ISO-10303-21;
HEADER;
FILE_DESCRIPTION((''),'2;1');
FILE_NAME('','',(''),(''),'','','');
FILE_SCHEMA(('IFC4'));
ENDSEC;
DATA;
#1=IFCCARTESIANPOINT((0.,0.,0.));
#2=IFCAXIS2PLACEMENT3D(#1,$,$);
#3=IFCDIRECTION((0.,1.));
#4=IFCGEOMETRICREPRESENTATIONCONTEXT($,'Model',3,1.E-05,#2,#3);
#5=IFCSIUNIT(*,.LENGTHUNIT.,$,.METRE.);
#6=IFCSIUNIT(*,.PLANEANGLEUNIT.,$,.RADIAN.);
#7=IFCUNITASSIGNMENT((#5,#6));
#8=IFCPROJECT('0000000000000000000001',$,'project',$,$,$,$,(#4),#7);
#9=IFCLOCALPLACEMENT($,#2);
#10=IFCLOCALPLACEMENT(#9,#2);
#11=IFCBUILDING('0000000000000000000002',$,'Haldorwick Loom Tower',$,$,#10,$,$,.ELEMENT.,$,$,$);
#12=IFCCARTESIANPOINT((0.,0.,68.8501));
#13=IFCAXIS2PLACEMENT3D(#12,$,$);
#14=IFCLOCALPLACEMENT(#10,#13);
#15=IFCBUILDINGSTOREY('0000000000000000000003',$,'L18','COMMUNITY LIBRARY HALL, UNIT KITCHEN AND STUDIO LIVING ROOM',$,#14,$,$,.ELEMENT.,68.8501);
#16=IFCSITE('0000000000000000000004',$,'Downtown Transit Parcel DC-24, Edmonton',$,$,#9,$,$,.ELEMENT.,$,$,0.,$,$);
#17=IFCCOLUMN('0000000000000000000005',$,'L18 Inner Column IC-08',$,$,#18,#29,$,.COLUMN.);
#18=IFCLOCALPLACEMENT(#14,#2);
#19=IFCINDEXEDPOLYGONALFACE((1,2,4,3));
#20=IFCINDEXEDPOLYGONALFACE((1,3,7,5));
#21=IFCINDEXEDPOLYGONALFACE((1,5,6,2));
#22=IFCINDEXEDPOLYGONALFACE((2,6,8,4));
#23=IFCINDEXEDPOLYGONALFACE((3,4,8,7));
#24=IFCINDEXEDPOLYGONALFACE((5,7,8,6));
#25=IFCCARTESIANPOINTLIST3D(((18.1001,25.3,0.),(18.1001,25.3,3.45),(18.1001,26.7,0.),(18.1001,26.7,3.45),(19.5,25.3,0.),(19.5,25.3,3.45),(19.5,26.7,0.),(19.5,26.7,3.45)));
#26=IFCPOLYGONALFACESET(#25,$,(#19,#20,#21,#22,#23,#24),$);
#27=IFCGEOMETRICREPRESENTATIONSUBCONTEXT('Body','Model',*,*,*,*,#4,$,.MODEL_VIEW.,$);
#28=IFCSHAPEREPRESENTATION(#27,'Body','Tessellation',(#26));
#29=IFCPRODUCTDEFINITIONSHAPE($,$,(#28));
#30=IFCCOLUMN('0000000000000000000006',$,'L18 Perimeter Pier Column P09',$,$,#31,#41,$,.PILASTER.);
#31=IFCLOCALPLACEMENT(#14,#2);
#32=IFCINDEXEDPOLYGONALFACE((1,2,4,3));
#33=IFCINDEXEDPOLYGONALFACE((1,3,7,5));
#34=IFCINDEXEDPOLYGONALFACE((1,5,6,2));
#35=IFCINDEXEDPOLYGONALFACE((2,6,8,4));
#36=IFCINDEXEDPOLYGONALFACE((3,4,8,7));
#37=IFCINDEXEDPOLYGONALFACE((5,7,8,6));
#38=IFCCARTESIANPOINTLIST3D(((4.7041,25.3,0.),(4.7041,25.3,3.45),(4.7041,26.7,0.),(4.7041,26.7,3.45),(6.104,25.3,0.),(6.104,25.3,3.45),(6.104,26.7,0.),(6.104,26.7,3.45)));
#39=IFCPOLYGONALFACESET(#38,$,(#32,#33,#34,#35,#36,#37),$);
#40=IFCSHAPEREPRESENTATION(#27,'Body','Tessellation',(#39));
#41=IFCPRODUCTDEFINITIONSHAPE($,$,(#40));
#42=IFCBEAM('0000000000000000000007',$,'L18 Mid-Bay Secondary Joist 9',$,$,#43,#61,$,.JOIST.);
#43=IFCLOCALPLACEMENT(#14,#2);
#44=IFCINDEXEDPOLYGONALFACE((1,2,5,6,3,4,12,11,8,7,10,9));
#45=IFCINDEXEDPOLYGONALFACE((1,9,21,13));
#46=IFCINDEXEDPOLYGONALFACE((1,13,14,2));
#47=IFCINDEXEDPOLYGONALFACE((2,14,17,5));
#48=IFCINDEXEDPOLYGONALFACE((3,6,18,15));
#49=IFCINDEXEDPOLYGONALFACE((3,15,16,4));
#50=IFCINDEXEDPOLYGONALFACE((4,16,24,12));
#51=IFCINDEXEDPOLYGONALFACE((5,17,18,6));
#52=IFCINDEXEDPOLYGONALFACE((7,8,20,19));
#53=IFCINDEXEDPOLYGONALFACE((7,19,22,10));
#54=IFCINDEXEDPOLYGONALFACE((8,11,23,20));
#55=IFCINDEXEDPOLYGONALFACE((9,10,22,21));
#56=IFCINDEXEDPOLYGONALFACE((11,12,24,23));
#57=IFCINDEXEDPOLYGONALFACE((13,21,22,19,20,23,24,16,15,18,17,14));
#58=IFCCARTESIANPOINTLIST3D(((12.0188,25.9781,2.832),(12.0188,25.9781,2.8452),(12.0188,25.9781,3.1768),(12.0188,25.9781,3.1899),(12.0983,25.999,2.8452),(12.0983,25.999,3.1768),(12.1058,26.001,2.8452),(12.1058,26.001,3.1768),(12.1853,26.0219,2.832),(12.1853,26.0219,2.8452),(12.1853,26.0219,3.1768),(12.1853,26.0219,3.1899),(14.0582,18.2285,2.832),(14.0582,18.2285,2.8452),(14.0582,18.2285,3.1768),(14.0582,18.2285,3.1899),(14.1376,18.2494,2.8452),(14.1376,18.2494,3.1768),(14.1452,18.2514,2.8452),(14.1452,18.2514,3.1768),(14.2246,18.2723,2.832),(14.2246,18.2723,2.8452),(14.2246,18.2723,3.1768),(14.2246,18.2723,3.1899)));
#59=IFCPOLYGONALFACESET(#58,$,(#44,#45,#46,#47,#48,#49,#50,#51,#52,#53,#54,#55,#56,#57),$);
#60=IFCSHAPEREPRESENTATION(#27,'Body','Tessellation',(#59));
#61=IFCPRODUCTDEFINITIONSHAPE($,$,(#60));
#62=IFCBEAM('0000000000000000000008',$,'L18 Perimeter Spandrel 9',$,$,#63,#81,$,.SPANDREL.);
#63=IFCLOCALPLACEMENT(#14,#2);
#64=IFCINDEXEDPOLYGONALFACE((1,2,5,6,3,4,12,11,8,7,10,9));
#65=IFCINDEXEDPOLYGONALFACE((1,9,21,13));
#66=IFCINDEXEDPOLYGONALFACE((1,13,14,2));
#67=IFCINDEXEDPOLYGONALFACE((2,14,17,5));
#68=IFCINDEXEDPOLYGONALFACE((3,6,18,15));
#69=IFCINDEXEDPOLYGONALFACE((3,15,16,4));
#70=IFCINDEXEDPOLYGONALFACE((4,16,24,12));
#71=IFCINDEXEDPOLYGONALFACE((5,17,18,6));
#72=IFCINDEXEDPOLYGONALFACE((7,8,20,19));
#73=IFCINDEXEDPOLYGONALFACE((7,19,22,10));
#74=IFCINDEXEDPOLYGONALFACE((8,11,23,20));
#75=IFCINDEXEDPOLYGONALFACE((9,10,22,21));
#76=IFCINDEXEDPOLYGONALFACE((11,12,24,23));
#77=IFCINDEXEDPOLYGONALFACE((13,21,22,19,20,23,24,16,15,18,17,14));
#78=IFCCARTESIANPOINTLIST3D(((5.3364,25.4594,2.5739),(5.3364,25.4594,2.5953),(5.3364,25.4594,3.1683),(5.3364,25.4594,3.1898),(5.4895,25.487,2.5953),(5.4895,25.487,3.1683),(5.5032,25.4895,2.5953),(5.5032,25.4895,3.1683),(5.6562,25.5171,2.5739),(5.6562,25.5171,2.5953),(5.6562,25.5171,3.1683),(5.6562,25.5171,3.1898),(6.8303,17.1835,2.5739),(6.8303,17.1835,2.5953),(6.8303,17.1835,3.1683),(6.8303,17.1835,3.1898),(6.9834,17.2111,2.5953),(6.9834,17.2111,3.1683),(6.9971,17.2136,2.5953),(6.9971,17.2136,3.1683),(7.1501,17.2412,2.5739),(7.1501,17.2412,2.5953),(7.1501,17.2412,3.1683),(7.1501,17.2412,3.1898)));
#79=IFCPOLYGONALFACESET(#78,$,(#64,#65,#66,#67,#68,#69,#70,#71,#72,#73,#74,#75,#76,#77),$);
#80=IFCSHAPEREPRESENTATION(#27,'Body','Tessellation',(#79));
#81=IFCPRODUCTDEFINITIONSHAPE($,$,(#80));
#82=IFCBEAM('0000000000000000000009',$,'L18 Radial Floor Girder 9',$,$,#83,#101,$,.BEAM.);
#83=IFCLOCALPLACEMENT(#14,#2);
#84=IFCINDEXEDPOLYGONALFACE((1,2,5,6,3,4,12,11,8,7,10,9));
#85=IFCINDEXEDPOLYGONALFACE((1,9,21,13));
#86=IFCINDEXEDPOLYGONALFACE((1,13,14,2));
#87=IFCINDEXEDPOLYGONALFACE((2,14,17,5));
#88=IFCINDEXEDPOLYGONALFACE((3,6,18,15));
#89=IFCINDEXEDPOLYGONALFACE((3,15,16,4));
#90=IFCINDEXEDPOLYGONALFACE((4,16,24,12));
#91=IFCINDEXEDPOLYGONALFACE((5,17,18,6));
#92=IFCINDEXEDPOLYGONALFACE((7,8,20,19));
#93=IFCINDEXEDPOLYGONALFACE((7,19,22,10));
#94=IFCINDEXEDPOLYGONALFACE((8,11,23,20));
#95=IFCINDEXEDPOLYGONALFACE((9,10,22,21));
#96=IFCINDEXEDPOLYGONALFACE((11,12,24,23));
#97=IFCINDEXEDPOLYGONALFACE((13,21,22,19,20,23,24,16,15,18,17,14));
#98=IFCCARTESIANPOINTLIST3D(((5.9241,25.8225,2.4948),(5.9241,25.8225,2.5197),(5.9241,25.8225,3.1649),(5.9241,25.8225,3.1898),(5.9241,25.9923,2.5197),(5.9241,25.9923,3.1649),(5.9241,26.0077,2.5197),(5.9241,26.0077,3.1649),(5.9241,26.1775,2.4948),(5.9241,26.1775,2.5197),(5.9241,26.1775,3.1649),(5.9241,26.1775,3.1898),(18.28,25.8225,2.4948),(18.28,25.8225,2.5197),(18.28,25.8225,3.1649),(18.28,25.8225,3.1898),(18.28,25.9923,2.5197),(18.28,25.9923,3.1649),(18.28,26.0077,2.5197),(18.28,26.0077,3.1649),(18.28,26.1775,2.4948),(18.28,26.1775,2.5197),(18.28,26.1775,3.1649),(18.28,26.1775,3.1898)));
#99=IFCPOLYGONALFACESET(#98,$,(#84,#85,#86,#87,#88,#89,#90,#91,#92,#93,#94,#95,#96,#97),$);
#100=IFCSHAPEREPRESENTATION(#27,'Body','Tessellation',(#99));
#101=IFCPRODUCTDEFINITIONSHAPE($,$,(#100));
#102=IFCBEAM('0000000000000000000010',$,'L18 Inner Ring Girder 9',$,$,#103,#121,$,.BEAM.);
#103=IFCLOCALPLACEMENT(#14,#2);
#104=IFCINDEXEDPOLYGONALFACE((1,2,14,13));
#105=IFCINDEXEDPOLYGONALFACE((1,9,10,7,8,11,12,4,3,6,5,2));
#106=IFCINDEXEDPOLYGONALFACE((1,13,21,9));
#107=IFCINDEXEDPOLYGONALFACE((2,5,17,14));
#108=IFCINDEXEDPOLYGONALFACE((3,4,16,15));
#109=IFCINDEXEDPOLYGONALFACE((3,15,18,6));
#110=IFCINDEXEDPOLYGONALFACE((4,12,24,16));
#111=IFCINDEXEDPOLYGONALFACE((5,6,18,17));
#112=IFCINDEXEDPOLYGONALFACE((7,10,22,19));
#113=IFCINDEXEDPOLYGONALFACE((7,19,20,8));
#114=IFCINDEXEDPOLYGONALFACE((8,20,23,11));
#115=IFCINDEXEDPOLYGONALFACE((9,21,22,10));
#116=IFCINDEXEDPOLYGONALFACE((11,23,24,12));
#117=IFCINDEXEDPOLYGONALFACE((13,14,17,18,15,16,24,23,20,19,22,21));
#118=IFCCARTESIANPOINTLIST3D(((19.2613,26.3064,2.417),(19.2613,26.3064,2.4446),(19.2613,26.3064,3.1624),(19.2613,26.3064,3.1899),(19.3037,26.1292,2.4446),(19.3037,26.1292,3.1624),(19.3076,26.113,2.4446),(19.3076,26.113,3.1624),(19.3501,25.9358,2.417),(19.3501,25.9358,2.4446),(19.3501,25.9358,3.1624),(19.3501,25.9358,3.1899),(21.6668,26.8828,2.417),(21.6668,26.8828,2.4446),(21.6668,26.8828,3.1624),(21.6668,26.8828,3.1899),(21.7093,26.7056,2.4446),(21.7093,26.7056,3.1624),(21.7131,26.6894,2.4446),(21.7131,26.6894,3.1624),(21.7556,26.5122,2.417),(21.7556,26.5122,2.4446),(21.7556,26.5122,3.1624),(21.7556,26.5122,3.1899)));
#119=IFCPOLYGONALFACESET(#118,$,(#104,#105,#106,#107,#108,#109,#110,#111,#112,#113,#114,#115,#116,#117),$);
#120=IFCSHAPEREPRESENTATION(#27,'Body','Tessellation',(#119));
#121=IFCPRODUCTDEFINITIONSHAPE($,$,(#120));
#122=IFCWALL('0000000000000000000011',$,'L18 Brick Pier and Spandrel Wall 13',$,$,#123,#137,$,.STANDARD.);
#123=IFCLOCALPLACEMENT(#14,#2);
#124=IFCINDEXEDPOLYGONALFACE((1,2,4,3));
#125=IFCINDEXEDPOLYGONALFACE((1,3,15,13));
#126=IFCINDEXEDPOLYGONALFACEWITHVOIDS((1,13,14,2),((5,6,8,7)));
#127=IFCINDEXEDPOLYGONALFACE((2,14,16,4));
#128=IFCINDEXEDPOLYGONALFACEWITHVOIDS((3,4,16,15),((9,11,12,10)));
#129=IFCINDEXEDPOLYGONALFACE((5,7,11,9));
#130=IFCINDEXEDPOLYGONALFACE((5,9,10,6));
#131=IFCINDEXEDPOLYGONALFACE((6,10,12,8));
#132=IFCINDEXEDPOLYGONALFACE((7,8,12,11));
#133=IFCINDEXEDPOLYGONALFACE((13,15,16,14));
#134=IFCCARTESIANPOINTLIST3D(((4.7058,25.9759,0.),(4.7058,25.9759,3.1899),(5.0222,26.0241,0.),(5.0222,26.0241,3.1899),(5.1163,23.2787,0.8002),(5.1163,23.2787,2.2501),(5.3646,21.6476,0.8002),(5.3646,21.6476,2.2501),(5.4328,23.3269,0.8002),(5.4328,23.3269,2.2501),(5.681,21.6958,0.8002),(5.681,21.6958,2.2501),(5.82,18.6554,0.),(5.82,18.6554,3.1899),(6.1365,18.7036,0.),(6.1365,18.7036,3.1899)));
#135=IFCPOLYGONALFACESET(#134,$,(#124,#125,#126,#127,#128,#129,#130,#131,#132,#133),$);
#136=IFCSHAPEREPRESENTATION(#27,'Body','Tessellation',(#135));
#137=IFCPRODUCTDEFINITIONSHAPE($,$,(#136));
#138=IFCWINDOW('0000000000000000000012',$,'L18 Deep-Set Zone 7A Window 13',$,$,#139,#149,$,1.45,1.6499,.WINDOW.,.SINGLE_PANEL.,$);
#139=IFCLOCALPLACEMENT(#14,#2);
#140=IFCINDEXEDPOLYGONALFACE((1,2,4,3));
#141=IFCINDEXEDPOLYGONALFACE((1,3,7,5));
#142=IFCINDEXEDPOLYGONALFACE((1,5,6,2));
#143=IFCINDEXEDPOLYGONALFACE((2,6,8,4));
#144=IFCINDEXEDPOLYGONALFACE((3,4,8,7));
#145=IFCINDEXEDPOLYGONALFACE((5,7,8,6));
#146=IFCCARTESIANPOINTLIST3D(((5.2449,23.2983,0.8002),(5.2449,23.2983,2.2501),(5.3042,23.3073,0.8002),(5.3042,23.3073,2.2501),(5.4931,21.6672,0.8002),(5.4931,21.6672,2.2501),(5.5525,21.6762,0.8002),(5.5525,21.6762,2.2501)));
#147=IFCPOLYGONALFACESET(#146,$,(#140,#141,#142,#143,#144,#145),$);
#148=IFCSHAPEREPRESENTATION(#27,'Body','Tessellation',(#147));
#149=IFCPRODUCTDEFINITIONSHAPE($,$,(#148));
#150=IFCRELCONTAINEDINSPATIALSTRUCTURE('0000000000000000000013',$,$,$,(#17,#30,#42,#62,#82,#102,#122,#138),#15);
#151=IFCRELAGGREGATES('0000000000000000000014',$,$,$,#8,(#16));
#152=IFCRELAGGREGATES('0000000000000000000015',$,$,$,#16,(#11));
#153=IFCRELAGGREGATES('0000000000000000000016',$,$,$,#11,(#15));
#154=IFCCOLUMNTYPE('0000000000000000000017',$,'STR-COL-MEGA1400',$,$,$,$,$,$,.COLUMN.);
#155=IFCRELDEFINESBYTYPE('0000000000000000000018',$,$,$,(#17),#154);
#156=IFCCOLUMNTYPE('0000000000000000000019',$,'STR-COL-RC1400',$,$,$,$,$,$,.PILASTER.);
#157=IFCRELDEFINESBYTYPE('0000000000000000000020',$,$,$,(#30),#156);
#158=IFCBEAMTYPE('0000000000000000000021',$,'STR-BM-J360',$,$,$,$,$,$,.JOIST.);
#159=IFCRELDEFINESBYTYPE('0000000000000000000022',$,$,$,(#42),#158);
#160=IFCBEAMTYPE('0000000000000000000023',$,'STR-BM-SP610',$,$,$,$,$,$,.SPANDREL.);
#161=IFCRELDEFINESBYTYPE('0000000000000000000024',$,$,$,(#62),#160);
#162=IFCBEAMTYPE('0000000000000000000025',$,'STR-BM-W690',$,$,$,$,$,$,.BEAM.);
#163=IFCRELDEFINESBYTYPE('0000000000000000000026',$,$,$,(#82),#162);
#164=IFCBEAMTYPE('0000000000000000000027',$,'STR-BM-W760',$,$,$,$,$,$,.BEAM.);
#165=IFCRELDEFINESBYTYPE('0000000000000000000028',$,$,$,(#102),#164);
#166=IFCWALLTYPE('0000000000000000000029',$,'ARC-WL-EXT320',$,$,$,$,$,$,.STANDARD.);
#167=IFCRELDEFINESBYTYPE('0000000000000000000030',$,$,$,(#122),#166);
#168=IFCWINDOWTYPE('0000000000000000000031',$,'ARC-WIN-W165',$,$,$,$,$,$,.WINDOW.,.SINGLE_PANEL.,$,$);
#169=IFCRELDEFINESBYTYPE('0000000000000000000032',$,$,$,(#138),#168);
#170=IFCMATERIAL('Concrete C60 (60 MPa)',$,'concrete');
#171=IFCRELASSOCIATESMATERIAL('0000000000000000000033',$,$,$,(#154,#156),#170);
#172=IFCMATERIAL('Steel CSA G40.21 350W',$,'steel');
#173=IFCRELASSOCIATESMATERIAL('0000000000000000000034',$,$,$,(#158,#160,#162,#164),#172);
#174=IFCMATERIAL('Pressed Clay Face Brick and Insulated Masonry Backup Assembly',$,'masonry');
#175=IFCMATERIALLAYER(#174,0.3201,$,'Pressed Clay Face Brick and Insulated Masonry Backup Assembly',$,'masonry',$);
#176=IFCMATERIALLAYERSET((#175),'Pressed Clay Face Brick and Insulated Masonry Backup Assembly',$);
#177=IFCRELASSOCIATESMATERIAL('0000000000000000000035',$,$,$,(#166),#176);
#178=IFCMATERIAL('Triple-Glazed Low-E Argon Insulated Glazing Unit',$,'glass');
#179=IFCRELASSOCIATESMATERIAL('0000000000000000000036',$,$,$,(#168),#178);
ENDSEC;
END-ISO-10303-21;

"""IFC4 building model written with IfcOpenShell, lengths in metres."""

from ifc_helpers import new_model, si_unit, direction, frame, frame_2d, origin, origin_2d, place, context, subcontext, project, spatial, rectangle, i_section, extrude, material, layer, layer_set, material_profile, profile_set, type_object, element, fill, save


model = new_model("IFC4")

# Units and contexts
model_context = context("Model", 3, precision=1e-05, world=origin(), true_north=direction((0.0, 1.0)))
body_context = subcontext(model_context, "Body", "Model", "MODEL_VIEW")
ifc_project = project(units=[si_unit("LENGTHUNIT", "METRE"), si_unit("PLANEANGLEUNIT", "RADIAN")], contexts=[model_context])

# Site, building, storey
site_placement = place(None, origin())
site = spatial("IfcSite", under=ifc_project, at=site_placement, Name="Downtown Transit Parcel DC-24, Edmonton", CompositionType="ELEMENT", RefElevation=0.0)
building_placement = place(site_placement, origin())
building = spatial("IfcBuilding", under=site, at=building_placement, Name="Haldorwick Loom Tower", CompositionType="ELEMENT")
storey_placement = place(building_placement, frame((0.0, 0.0, 68.8501)))
storey = spatial("IfcBuildingStorey", under=building, at=storey_placement, Name="L18", Description="COMMUNITY LIBRARY HALL, UNIT KITCHEN AND STUDIO LIVING ROOM", CompositionType="ELEMENT", Elevation=68.8501)

# Columns
ifc_material_1 = material(Name="Concrete C60 (60 MPa)", Category="concrete")
ifc_material_profile_1 = material_profile(ifc_material_1, rectangle(XDim=1.3999, YDim=1.3999, at=origin_2d()), Name="RC1400X1400", Category="concrete")
ifc_profile_set_1 = profile_set([ifc_material_profile_1], Name="Concrete C60 (60 MPa)")
column_type_1 = type_object("IfcColumnType", Name="STR-COL-MEGA1400", PredefinedType="COLUMN", material=ifc_profile_set_1)
column_1_placement = place(storey_placement, frame((18.8, 26.0, 0.0), z_axis=(0.0, 0.0, 1.0), x_axis=(1.0, 0.0, 0.0)))
element("IfcColumn", 1, at=column_1_placement, inside=storey, type_object=column_type_1, Name="L18 Inner Column IC-08", PredefinedType="COLUMN", context=body_context, shape_type="SweptSolid", body=[
    extrude(rectangle(XDim=1.3999, YDim=1.3999, at=origin_2d()), origin(), (0.0, 0.0, 1.0), 3.45),
])
ifc_material_profile_2 = material_profile(ifc_material_1, rectangle(XDim=1.3999, YDim=1.3999, at=origin_2d()), Name="RC1400X1400", Category="concrete")
ifc_profile_set_2 = profile_set([ifc_material_profile_2], Name="Concrete C60 (60 MPa)")
column_type_2 = type_object("IfcColumnType", Name="STR-COL-RC1400", PredefinedType="PILASTER", material=ifc_profile_set_2)
column_2_placement = place(storey_placement, frame((5.4041, 26.0, 0.0), z_axis=(0.0, 0.0, 1.0), x_axis=(-1.0, 0.0, 0.0)))
element("IfcColumn", 2, at=column_2_placement, inside=storey, type_object=column_type_2, Name="L18 Perimeter Pier Column P09", PredefinedType="PILASTER", context=body_context, shape_type="SweptSolid", body=[
    extrude(rectangle(XDim=1.3999, YDim=1.3999, at=origin_2d()), origin(), (0.0, 0.0, 1.0), 3.45),
])

# Beams
ifc_material_2 = material(Name="Steel CSA G40.21 350W", Category="steel")
ifc_material_profile_3 = material_profile(ifc_material_2, i_section(OverallWidth=0.1721, OverallDepth=0.3579, WebThickness=0.0078, FlangeThickness=0.0132, at=origin_2d()), Name="W360X57", Category="steel")
ifc_profile_set_3 = profile_set([ifc_material_profile_3], Name="Steel CSA G40.21 350W")
beam_type_1 = type_object("IfcBeamType", Name="STR-BM-J360", PredefinedType="JOIST", material=ifc_profile_set_3)
beam_1_placement = place(storey_placement, frame((12.1021, 26.0, 3.011), z_axis=(0.254489, -0.967076, 0.0), x_axis=(0.967076, 0.254489, 0.0)))
element("IfcBeam", 3, at=beam_1_placement, inside=storey, type_object=beam_type_1, Name="L18 Mid-Bay Secondary Joist 9", PredefinedType="JOIST", context=body_context, shape_type="SweptSolid", body=[
    extrude(i_section(OverallWidth=0.1721, OverallDepth=0.3579, WebThickness=0.0078, FlangeThickness=0.0132, at=origin_2d()), origin(), (0.0, 0.0, 1.0), 8.0134),
])
ifc_material_profile_4 = material_profile(ifc_material_2, i_section(OverallWidth=0.325, OverallDepth=0.616, WebThickness=0.0139, FlangeThickness=0.0215, at=origin_2d()), Name="W610X174", Category="steel")
ifc_profile_set_4 = profile_set([ifc_material_profile_4], Name="Steel CSA G40.21 350W")
beam_type_2 = type_object("IfcBeamType", Name="STR-BM-SP610", PredefinedType="SPANDREL", material=ifc_profile_set_4)
beam_2_placement = place(storey_placement, frame((5.4963, 25.4883, 2.8818), z_axis=(0.177641, -0.984095, 0.0), x_axis=(0.984095, 0.177641, 0.0)))
element("IfcBeam", 4, at=beam_2_placement, inside=storey, type_object=beam_type_2, Name="L18 Perimeter Spandrel 9", PredefinedType="SPANDREL", context=body_context, shape_type="SweptSolid", body=[
    extrude(i_section(OverallWidth=0.325, OverallDepth=0.616, WebThickness=0.0139, FlangeThickness=0.0215, at=origin_2d()), origin(), (0.0, 0.0, 1.0), 8.4097),
])
ifc_material_profile_5 = material_profile(ifc_material_2, i_section(OverallWidth=0.355, OverallDepth=0.6951, WebThickness=0.0154, FlangeThickness=0.0249, at=origin_2d()), Name="W690X217", Category="steel")
ifc_profile_set_5 = profile_set([ifc_material_profile_5], Name="Steel CSA G40.21 350W")
beam_type_3 = type_object("IfcBeamType", Name="STR-BM-W690", PredefinedType="BEAM", material=ifc_profile_set_5)
beam_3_placement = place(storey_placement, frame((18.28, 26.0, 2.8423), z_axis=(-1.0, 0.0, 0.0), x_axis=(0.0, -1.0, 0.0)))
element("IfcBeam", 5, at=beam_3_placement, inside=storey, type_object=beam_type_3, Name="L18 Radial Floor Girder 9", PredefinedType="BEAM", context=body_context, shape_type="SweptSolid", body=[
    extrude(i_section(OverallWidth=0.355, OverallDepth=0.6951, WebThickness=0.0154, FlangeThickness=0.0249, at=origin_2d()), origin(), (0.0, 0.0, 1.0), 12.356),
])
ifc_material_profile_6 = material_profile(ifc_material_2, i_section(OverallWidth=0.3811, OverallDepth=0.7729, WebThickness=0.0166, FlangeThickness=0.0276, at=origin_2d()), Name="W760X257", Category="steel")
ifc_profile_set_6 = profile_set([ifc_material_profile_6], Name="Steel CSA G40.21 350W")
beam_type_4 = type_object("IfcBeamType", Name="STR-BM-W760", PredefinedType="BEAM", material=ifc_profile_set_6)
beam_4_placement = place(storey_placement, frame((19.3057, 26.1211, 2.8035), z_axis=(0.972471, 0.233026, 0.0), x_axis=(-0.233026, 0.972471, 0.0)))
element("IfcBeam", 6, at=beam_4_placement, inside=storey, type_object=beam_type_4, Name="L18 Inner Ring Girder 9", PredefinedType="BEAM", context=body_context, shape_type="SweptSolid", body=[
    extrude(i_section(OverallWidth=0.3811, OverallDepth=0.7729, WebThickness=0.0166, FlangeThickness=0.0276, at=origin_2d()), origin(), (0.0, 0.0, 1.0), 2.4736),
])

# Wall, opening, window
ifc_material_3 = material(Name="Pressed Clay Face Brick and Insulated Masonry Backup Assembly", Category="masonry")
ifc_layer_1 = layer(ifc_material_3, 0.3201, Name="Pressed Clay Face Brick and Insulated Masonry Backup Assembly", Category="masonry")
ifc_layer_set_1 = layer_set([ifc_layer_1], Name="Pressed Clay Face Brick and Insulated Masonry Backup Assembly")
wall_type_1 = type_object("IfcWallType", Name="ARC-WL-EXT320", PredefinedType="STANDARD", material=ifc_layer_set_1)
wall_1_placement = place(storey_placement, frame((4.864, 26.0, 0.0), z_axis=(0.0, 0.0, 1.0), x_axis=(0.150476, -0.988614, 0.0)))
wall_1 = element("IfcWall", 7, at=wall_1_placement, inside=storey, type_object=wall_type_1, Name="L18 Brick Pier and Spandrel Wall 13", PredefinedType="STANDARD", context=body_context, shape_type="SweptSolid", body=[
    extrude(rectangle(XDim=7.4048, YDim=0.3201, at=frame_2d((3.7024, 0.0))), origin(), (0.0, 0.0, 1.0), 3.1899),
])
opening_1_placement = place(wall_1_placement, frame((2.7283, 0.0, 0.8)))
opening_1 = element("IfcOpeningElement", 8, at=opening_1_placement, cuts=wall_1, PredefinedType="OPENING", context=body_context, shape_type="SweptSolid", body=[
    extrude(rectangle(XDim=1.6499, YDim=1.45, at=frame_2d((0.825, 0.7251))), frame((0.0, 0.1699, 0.0), z_axis=(0.0, -1.0, 0.0), x_axis=(1.0, 0.0, 0.0)), (0.0, 0.0, 1.0), 0.3401),
])
ifc_material_4 = material(Name="Triple-Glazed Low-E Argon Insulated Glazing Unit", Category="glass")
window_type = type_object("IfcWindowType", Name="ARC-WIN-W165", PartitioningType="SINGLE_PANEL", PredefinedType="WINDOW", material=ifc_material_4)
window_placement = place(opening_1_placement, origin())
window = element("IfcWindow", 9, at=window_placement, inside=storey, type_object=window_type, Name="L18 Deep-Set Zone 7A Window 13", OverallHeight=1.45, OverallWidth=1.6499, PartitioningType="SINGLE_PANEL", PredefinedType="WINDOW", context=body_context, shape_type="SweptSolid", body=[
    extrude(rectangle(XDim=1.6499, YDim=1.45, at=frame_2d((0.825, 0.7251))), frame((0.0, 0.03, 0.0), z_axis=(0.0, -1.0, 0.0), x_axis=(1.0, 0.0, 0.0)), (0.0, 0.0, 1.0), 0.0601),
])
fill(opening_1, window)

save(model, "model.ifc")
